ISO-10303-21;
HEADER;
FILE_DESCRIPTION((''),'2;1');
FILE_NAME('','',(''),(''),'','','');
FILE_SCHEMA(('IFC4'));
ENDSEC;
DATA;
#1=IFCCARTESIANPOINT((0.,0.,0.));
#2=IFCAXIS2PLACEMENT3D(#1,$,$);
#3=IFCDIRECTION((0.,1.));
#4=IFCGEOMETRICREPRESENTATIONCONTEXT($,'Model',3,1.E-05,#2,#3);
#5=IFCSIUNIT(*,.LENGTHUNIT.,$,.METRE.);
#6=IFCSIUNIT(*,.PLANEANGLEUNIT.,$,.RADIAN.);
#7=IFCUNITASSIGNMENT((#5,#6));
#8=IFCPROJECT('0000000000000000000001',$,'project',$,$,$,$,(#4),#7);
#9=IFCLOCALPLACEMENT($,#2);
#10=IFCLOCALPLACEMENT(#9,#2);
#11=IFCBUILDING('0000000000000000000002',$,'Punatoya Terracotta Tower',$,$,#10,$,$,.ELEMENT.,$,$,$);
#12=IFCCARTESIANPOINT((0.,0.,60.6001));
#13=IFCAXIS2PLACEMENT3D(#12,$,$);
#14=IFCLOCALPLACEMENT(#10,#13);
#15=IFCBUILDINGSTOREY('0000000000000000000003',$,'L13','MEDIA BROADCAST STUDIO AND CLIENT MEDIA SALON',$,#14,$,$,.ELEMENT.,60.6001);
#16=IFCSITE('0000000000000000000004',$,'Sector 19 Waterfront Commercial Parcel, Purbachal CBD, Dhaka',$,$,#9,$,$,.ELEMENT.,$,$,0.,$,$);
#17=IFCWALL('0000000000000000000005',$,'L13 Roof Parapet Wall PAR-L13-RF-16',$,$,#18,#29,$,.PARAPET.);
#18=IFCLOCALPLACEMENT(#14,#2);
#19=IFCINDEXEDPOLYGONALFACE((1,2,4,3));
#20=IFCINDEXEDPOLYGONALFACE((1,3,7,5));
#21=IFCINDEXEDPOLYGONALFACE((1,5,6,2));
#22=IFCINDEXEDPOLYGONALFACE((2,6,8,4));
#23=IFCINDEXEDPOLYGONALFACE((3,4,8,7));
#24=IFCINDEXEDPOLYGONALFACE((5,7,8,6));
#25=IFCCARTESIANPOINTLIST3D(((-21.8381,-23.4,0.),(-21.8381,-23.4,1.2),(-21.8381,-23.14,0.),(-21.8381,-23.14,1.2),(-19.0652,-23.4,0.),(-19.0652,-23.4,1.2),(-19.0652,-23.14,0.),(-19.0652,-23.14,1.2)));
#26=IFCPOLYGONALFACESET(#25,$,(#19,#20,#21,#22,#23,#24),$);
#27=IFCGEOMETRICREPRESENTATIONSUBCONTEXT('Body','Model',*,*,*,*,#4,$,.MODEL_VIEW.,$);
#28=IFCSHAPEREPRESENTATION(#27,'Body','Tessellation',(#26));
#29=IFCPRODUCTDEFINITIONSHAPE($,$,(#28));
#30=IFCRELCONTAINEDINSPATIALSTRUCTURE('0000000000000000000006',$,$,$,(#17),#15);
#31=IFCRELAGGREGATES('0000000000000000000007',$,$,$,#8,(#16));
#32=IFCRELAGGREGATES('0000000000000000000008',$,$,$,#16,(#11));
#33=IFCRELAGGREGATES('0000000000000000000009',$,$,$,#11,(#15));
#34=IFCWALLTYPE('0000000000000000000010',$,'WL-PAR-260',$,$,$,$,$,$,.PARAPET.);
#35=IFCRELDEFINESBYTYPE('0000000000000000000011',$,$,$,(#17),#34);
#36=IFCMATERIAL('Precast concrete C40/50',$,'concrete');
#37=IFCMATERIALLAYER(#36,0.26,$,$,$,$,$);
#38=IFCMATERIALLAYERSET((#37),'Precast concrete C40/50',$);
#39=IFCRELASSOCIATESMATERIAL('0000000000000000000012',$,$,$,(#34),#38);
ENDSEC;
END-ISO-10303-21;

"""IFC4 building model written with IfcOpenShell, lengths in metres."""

from ifc_helpers import new_model, si_unit, direction, frame, frame_2d, origin, place, context, subcontext, project, spatial, rectangle, extrude, material, layer, layer_set, type_object, element, save


model = new_model("IFC4")

# Units and contexts
model_context = context("Model", 3, precision=1e-05, world=origin(), true_north=direction((0.0, 1.0)))
body_context = subcontext(model_context, "Body", "Model", "MODEL_VIEW")
ifc_project = project(units=[si_unit("LENGTHUNIT", "METRE"), si_unit("PLANEANGLEUNIT", "RADIAN")], contexts=[model_context])

# Site, building, storey
site_placement = place(None, origin())
site = spatial("IfcSite", under=ifc_project, at=site_placement, Name="Sector 19 Waterfront Commercial Parcel, Purbachal CBD, Dhaka", CompositionType="ELEMENT", RefElevation=0.0)
building_placement = place(site_placement, origin())
building = spatial("IfcBuilding", under=site, at=building_placement, Name="Punatoya Terracotta Tower", CompositionType="ELEMENT")
storey_placement = place(building_placement, frame((0.0, 0.0, 60.6001)))
storey = spatial("IfcBuildingStorey", under=building, at=storey_placement, Name="L13", Description="MEDIA BROADCAST STUDIO AND CLIENT MEDIA SALON", CompositionType="ELEMENT", Elevation=60.6001)

# Wall
ifc_material_1 = material(Name="Precast concrete C40/50", Category="concrete")
ifc_layer_1 = layer(ifc_material_1, 0.26)
ifc_layer_set_1 = layer_set([ifc_layer_1], Name="Precast concrete C40/50")
wall_type_1 = type_object("IfcWallType", Name="WL-PAR-260", PredefinedType="PARAPET", material=ifc_layer_set_1)
wall_1_placement = place(storey_placement, frame((-21.8381, -23.27, 0.0), z_axis=(0.0, 0.0, 1.0), x_axis=(1.0, 0.0, 0.0)))
element("IfcWall", 1, at=wall_1_placement, inside=storey, type_object=wall_type_1, Name="L13 Roof Parapet Wall PAR-L13-RF-16", PredefinedType="PARAPET", context=body_context, shape_type="SweptSolid", body=[
    extrude(rectangle(XDim=2.7729, YDim=0.26, at=frame_2d((1.3865, 0.0))), origin(), (0.0, 0.0, 1.0), 1.2),
])

save(model, "model.ifc")
